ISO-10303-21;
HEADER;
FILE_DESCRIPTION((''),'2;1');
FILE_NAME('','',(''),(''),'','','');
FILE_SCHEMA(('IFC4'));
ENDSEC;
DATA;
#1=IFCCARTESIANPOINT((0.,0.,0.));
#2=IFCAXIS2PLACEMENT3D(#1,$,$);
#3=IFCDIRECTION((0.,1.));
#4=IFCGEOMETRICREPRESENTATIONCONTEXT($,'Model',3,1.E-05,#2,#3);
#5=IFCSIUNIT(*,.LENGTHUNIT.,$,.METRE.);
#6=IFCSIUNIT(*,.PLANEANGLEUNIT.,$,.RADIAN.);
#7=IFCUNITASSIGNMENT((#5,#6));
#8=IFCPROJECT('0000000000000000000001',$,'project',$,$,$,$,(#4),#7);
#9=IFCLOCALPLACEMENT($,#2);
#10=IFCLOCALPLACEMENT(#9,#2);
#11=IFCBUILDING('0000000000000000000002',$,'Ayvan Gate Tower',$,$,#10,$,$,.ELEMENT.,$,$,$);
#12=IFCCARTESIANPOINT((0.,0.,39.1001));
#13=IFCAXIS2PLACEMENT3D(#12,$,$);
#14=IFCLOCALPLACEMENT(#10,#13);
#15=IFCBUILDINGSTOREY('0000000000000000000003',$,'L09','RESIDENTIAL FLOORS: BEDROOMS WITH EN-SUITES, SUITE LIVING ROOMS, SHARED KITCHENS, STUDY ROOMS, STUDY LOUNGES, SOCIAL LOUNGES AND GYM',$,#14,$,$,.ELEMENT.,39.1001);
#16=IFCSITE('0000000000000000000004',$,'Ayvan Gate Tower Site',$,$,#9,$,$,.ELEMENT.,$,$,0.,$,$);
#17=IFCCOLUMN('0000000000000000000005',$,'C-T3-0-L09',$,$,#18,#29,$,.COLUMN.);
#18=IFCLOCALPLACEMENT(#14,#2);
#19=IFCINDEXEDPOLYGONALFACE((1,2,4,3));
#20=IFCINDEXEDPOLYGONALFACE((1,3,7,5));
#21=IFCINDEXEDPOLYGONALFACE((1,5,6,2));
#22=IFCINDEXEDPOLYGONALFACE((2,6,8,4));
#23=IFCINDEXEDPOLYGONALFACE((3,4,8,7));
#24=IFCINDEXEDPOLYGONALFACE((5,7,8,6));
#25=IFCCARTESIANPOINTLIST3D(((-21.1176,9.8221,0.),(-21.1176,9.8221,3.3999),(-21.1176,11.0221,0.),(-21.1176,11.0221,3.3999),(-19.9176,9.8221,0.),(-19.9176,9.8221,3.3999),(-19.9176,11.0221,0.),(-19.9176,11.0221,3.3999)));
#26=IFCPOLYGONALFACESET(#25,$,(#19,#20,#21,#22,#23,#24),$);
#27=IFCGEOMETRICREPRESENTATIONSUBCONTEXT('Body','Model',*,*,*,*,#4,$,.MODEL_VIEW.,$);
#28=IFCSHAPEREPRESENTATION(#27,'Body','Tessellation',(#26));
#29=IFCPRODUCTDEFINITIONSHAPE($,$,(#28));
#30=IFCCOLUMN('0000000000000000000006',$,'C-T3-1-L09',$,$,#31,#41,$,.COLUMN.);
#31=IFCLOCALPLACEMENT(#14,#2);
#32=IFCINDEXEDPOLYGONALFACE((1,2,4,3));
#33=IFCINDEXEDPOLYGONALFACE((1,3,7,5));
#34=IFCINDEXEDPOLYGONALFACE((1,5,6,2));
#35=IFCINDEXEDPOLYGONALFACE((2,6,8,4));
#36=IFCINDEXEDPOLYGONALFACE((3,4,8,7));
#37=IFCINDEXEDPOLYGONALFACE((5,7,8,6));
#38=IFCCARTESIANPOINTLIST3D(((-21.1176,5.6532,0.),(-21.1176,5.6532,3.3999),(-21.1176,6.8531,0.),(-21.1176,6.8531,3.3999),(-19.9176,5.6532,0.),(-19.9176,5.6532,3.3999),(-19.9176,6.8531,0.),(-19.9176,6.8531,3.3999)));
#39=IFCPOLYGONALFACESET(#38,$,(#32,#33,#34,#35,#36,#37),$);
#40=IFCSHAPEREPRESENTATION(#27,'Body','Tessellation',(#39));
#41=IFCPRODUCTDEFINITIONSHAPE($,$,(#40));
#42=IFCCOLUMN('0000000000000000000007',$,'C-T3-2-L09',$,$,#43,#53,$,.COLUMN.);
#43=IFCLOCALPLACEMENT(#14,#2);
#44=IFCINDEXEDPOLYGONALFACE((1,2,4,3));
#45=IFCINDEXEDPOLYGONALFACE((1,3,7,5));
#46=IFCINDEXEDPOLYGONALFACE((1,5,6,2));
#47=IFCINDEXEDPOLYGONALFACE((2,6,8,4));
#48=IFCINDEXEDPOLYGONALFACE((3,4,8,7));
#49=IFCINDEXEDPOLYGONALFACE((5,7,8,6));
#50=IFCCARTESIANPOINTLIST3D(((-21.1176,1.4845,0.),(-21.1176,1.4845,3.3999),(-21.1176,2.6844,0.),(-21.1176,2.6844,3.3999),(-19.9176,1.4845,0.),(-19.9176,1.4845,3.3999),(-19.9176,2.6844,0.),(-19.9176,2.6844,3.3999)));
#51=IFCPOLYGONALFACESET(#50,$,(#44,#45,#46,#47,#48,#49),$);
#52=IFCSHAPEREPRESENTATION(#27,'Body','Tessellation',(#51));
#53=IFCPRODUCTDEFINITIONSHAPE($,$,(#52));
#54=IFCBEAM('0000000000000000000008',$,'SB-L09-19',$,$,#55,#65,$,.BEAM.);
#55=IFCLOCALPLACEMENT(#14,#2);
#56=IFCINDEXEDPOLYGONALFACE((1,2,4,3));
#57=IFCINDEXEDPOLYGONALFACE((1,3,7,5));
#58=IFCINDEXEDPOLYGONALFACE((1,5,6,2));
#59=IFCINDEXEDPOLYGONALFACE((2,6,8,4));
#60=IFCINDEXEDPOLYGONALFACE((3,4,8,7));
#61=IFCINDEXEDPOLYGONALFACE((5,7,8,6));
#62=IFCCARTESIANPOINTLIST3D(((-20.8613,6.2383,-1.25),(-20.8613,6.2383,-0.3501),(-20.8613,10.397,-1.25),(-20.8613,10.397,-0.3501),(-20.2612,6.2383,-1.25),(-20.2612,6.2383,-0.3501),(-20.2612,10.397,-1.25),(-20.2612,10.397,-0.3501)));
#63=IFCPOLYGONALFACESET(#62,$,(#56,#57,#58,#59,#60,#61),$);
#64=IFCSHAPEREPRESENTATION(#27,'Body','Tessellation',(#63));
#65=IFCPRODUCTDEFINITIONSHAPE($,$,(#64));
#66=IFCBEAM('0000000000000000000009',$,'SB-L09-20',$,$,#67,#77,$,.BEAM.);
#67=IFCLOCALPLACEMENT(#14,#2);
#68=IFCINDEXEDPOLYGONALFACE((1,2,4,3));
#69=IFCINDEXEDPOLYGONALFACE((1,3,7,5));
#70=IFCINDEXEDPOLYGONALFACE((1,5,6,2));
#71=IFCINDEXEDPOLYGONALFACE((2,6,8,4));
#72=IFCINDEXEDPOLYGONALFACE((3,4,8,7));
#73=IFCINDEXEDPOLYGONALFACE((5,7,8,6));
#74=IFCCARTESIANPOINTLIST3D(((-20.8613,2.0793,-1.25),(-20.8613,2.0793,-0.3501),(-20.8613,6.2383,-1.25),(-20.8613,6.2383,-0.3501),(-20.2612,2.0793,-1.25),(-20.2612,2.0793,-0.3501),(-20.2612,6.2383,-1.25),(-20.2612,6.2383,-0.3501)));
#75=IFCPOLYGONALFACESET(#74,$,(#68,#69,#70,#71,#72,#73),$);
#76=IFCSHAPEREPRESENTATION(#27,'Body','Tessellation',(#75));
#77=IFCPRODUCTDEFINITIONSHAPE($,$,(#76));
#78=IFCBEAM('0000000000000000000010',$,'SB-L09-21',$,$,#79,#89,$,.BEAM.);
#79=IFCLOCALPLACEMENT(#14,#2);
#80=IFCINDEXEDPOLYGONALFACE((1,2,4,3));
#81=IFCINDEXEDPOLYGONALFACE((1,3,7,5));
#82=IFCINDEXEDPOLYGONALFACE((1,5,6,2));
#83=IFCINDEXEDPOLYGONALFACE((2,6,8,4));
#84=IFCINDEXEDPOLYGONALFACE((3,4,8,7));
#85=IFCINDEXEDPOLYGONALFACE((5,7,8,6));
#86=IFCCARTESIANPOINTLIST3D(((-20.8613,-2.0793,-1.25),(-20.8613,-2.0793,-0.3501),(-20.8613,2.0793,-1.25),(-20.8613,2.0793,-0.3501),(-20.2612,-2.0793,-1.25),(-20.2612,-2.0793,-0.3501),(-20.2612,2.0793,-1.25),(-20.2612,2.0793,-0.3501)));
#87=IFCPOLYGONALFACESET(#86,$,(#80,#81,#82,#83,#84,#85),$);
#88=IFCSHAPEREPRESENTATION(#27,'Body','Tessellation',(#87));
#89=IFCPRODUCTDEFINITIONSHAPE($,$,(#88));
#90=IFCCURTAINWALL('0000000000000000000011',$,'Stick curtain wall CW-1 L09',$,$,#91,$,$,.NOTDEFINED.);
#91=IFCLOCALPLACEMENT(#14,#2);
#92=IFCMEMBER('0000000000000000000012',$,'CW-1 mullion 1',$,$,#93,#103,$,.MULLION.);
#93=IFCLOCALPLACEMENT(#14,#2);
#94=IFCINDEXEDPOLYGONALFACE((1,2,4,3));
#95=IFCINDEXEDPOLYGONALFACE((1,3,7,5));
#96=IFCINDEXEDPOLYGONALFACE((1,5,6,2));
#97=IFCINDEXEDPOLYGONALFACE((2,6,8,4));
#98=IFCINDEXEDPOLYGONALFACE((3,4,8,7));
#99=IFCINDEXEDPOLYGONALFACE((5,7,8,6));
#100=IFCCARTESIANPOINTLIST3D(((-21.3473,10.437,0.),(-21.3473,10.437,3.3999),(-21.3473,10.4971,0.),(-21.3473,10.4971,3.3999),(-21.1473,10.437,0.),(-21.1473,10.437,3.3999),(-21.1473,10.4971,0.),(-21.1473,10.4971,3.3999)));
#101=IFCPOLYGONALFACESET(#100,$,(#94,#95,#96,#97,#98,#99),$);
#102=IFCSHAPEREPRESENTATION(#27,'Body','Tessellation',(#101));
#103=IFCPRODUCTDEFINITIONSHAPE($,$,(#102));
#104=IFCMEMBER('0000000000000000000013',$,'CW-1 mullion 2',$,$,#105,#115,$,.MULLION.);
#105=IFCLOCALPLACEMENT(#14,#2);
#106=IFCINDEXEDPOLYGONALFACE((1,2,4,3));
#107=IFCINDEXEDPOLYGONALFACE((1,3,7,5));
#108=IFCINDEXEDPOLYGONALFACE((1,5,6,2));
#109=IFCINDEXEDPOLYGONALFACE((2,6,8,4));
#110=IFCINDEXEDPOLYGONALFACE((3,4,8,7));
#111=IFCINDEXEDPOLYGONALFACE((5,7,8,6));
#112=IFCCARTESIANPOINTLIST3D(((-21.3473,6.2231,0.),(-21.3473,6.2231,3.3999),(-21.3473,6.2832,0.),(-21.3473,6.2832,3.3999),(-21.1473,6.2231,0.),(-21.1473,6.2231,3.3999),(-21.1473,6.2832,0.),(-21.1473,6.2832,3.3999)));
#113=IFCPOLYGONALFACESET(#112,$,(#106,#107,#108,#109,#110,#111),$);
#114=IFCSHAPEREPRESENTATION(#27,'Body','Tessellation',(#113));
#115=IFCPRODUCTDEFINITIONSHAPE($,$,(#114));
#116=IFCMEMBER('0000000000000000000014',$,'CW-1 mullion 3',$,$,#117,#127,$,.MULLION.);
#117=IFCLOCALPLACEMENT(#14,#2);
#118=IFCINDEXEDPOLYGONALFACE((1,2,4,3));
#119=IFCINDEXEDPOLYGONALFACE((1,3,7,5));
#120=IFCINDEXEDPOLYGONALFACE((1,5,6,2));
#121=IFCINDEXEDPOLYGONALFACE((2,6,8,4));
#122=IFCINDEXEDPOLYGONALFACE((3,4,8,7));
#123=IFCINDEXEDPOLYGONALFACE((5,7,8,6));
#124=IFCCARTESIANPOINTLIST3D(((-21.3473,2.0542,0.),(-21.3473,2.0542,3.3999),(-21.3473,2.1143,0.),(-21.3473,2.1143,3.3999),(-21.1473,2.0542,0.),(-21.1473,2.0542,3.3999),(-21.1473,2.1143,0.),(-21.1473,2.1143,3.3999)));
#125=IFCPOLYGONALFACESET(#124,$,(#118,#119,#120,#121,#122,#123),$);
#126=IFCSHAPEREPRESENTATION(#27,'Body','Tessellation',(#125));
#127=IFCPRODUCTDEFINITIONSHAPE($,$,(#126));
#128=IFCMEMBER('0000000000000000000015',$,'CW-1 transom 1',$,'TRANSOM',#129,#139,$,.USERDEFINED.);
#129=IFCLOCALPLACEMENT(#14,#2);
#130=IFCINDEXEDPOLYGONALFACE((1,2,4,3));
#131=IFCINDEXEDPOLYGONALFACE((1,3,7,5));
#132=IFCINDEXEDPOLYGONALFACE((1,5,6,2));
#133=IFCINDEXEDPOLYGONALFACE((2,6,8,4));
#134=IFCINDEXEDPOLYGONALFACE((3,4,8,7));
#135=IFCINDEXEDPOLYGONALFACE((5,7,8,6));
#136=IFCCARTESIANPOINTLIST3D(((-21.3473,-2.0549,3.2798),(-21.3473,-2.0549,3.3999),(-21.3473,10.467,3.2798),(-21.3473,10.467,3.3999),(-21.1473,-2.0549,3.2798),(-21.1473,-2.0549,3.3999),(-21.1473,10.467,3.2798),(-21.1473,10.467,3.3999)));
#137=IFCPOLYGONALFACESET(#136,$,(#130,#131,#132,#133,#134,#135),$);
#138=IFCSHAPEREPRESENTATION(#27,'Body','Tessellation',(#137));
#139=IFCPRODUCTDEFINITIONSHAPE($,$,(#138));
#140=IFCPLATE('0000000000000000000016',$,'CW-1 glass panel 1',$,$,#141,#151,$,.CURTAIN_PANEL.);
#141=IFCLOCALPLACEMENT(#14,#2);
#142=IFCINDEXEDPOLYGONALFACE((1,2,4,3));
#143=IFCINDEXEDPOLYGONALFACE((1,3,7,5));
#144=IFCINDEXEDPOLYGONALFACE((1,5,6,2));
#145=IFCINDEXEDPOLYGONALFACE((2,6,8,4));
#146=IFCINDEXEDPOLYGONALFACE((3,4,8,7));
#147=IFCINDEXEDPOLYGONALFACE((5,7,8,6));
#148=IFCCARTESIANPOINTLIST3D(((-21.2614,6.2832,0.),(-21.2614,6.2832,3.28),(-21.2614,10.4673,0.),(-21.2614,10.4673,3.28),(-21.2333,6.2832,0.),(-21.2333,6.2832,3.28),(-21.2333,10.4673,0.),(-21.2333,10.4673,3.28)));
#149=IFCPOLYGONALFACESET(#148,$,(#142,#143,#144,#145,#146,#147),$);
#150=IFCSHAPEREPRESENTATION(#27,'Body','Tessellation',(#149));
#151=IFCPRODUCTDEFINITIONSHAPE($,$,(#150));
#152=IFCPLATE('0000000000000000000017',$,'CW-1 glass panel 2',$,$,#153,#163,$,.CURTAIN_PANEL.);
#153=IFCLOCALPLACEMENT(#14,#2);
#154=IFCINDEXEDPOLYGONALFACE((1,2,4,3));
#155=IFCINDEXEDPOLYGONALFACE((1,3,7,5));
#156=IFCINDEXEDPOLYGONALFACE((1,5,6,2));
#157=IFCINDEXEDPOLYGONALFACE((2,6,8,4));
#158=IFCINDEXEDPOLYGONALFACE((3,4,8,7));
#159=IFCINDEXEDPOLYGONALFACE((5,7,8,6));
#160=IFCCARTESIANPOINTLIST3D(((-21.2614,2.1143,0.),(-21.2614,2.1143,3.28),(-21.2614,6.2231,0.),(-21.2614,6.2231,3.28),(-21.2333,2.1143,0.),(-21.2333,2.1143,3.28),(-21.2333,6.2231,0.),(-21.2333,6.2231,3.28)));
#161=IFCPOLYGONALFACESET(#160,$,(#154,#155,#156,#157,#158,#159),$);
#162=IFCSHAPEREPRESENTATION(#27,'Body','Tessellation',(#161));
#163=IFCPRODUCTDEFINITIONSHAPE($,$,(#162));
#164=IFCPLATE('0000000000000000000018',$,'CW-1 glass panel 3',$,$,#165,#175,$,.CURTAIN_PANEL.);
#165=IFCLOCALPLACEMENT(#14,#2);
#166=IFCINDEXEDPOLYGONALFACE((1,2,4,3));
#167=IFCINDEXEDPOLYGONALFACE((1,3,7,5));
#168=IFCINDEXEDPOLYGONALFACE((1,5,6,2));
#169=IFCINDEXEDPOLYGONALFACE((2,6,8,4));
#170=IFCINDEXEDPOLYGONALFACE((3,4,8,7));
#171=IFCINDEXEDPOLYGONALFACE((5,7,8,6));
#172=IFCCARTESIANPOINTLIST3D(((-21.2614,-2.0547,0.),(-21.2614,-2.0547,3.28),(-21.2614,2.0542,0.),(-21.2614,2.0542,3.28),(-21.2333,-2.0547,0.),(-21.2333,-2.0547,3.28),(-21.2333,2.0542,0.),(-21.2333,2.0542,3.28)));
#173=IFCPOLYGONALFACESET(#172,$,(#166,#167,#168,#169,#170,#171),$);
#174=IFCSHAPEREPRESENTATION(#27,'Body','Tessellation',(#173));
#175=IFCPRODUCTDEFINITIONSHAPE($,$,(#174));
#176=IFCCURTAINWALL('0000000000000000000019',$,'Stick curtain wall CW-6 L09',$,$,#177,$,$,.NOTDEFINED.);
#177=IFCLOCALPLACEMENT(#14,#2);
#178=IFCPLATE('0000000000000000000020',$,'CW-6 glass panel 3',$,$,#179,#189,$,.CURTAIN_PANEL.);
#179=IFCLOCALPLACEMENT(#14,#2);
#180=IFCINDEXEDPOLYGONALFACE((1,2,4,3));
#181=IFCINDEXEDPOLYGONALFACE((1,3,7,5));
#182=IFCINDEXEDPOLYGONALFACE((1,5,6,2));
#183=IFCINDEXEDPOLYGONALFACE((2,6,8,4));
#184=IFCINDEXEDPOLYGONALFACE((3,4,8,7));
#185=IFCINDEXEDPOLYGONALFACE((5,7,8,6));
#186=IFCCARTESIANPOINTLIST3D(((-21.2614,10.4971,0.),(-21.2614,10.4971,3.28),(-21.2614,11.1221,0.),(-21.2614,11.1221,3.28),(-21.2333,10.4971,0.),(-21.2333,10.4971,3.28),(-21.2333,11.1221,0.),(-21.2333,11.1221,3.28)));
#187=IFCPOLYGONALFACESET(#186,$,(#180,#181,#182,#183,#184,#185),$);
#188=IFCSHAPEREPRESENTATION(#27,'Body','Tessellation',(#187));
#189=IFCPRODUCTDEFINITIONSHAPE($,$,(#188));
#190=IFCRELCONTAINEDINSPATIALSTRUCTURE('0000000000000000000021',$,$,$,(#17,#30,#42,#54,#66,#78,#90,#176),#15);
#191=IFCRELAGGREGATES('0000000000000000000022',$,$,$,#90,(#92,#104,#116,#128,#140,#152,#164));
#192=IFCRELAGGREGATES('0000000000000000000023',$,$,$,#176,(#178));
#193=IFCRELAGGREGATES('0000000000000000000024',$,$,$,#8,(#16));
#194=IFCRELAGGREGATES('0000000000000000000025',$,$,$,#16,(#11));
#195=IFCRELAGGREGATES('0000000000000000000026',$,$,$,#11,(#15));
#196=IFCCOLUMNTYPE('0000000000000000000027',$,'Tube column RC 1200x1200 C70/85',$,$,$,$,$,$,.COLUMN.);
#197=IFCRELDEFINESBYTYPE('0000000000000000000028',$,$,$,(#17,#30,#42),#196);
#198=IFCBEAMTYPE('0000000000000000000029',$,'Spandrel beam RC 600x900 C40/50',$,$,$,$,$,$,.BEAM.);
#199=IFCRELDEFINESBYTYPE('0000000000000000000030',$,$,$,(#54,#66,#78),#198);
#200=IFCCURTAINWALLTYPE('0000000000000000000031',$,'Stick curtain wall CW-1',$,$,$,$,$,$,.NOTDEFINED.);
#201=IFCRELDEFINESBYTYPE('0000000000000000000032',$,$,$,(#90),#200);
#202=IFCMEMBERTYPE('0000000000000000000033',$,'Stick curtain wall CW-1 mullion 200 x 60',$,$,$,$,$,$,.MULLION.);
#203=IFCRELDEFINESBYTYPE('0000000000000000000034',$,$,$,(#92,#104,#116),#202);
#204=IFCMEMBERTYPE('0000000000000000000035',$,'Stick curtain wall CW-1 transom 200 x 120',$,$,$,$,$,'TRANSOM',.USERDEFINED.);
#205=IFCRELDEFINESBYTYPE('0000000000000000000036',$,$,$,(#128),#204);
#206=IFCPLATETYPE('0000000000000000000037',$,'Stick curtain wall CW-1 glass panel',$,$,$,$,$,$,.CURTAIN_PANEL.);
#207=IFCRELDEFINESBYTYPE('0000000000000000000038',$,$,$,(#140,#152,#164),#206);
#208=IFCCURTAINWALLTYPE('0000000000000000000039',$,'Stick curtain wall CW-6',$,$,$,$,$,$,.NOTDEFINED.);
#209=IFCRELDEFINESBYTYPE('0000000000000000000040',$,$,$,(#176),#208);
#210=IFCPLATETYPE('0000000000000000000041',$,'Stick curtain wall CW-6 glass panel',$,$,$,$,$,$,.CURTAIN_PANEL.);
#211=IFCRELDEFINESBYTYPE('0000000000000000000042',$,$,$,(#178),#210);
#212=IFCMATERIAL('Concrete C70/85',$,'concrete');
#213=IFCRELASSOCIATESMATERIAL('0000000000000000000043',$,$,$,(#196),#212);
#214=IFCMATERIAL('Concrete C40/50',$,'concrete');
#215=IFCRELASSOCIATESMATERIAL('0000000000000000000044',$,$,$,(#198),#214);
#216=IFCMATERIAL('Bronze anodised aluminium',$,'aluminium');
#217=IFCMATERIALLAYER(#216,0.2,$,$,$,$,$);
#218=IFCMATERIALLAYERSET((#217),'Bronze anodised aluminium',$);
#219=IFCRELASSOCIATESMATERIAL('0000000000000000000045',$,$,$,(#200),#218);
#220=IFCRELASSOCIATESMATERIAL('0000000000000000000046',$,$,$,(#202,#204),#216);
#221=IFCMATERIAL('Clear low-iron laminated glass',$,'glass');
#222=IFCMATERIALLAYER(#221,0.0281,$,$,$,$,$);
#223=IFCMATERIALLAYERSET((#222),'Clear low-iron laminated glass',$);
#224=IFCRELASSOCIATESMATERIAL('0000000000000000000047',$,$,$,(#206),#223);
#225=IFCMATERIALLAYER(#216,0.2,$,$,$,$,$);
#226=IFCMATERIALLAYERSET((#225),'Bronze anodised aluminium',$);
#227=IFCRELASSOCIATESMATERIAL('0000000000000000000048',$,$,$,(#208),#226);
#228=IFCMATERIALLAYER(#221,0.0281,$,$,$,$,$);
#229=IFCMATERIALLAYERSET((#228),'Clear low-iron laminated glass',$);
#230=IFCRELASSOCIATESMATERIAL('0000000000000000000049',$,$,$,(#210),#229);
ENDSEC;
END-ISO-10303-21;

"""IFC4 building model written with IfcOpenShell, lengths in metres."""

from ifc_helpers import new_model, si_unit, direction, frame, origin, origin_2d, place, context, subcontext, project, spatial, rectangle, extrude, material, layer, layer_set, material_profile, profile_set, type_object, element, aggregate, save


model = new_model("IFC4")

# Units and contexts
model_context = context("Model", 3, precision=1e-05, world=origin(), true_north=direction((0.0, 1.0)))
body_context = subcontext(model_context, "Body", "Model", "MODEL_VIEW")
ifc_project = project(units=[si_unit("LENGTHUNIT", "METRE"), si_unit("PLANEANGLEUNIT", "RADIAN")], contexts=[model_context])

# Site, building, storey
site_placement = place(None, origin())
site = spatial("IfcSite", under=ifc_project, at=site_placement, Name="Ayvan Gate Tower Site", CompositionType="ELEMENT", RefElevation=0.0)
building_placement = place(site_placement, origin())
building = spatial("IfcBuilding", under=site, at=building_placement, Name="Ayvan Gate Tower", CompositionType="ELEMENT")
storey_placement = place(building_placement, frame((0.0, 0.0, 39.1001)))
storey = spatial("IfcBuildingStorey", under=building, at=storey_placement, Name="L09", Description="RESIDENTIAL FLOORS: BEDROOMS WITH EN-SUITES, SUITE LIVING ROOMS, SHARED KITCHENS, STUDY ROOMS, STUDY LOUNGES, SOCIAL LOUNGES AND GYM", CompositionType="ELEMENT", Elevation=39.1001)

# Columns
ifc_material_1 = material(Name="Concrete C70/85", Category="concrete")
ifc_material_profile_1 = material_profile(ifc_material_1, rectangle(XDim=1.2, YDim=1.2, at=origin_2d()), Name="RC 1200x1200")
ifc_profile_set_1 = profile_set([ifc_material_profile_1], Name="Concrete C70/85")
column_type = type_object("IfcColumnType", Name="Tube column RC 1200x1200 C70/85", PredefinedType="COLUMN", material=ifc_profile_set_1)
for number, where, z_axis, x_axis, name in (
    (1, (-20.5176, 10.4221, 0.0), (0.0, 0.0, 1.0), (-1.0, 0.0, 0.0), "C-T3-0-L09"),
    (2, (-20.5176, 6.2532, 0.0), (0.0, 0.0, 1.0), (-1.0, 0.0, 0.0), "C-T3-1-L09"),
    (3, (-20.5176, 2.0845, 0.0), (0.0, 0.0, 1.0), (-1.0, 0.0, 0.0), "C-T3-2-L09"),
):
    element("IfcColumn", number, at=place(storey_placement, frame(where, z_axis=z_axis, x_axis=x_axis)), inside=storey, type_object=column_type, Name=name, PredefinedType="COLUMN", context=body_context, shape_type="SweptSolid", body=[
        extrude(rectangle(XDim=1.2, YDim=1.2, at=origin_2d()), origin(), (0.0, 0.0, 1.0), 3.3999),
    ])

# Beams
ifc_material_2 = material(Name="Concrete C40/50", Category="concrete")
ifc_material_profile_2 = material_profile(ifc_material_2, rectangle(XDim=0.6001, YDim=0.8999, at=origin_2d()), Name="RC 600x900")
ifc_profile_set_2 = profile_set([ifc_material_profile_2], Name="Concrete C40/50")
beam_type = type_object("IfcBeamType", Name="Spandrel beam RC 600x900 C40/50", PredefinedType="BEAM", material=ifc_profile_set_2)
beam_1_placement = place(storey_placement, frame((-20.5613, 10.397, -0.8), z_axis=(0.0, -1.0, 0.0), x_axis=(1.0, 0.0, 0.0)))
element("IfcBeam", 4, at=beam_1_placement, inside=storey, type_object=beam_type, Name="SB-L09-19", PredefinedType="BEAM", context=body_context, shape_type="SweptSolid", body=[
    extrude(rectangle(XDim=0.6001, YDim=0.8999, at=origin_2d()), origin(), (0.0, 0.0, 1.0), 4.1587),
])
beam_2_placement = place(storey_placement, frame((-20.5613, 6.2383, -0.8), z_axis=(0.0, -1.0, 0.0), x_axis=(1.0, 0.0, 0.0)))
element("IfcBeam", 5, at=beam_2_placement, inside=storey, type_object=beam_type, Name="SB-L09-20", PredefinedType="BEAM", context=body_context, shape_type="SweptSolid", body=[
    extrude(rectangle(XDim=0.6001, YDim=0.8999, at=origin_2d()), origin(), (0.0, 0.0, 1.0), 4.1589),
])
beam_3_placement = place(storey_placement, frame((-20.5613, 2.0793, -0.8), z_axis=(0.0, -1.0, 0.0), x_axis=(1.0, 0.0, 0.0)))
element("IfcBeam", 6, at=beam_3_placement, inside=storey, type_object=beam_type, Name="SB-L09-21", PredefinedType="BEAM", context=body_context, shape_type="SweptSolid", body=[
    extrude(rectangle(XDim=0.6001, YDim=0.8999, at=origin_2d()), origin(), (0.0, 0.0, 1.0), 4.1587),
])

# Curtain wall, members, plates
ifc_material_3 = material(Name="Bronze anodised aluminium", Category="aluminium")
ifc_layer_1 = layer(ifc_material_3, 0.2)
ifc_layer_set_1 = layer_set([ifc_layer_1], Name="Bronze anodised aluminium")
curtain_wall_type_1 = type_object("IfcCurtainWallType", Name="Stick curtain wall CW-1", PredefinedType="NOTDEFINED", material=ifc_layer_set_1)
curtain_wall_1_placement = place(storey_placement, origin())
curtain_wall_1 = element("IfcCurtainWall", 7, at=curtain_wall_1_placement, inside=storey, type_object=curtain_wall_type_1, Name="Stick curtain wall CW-1 L09", PredefinedType="NOTDEFINED")
ifc_material_profile_3 = material_profile(ifc_material_3, rectangle(XDim=0.2, YDim=0.0601, at=origin_2d()), Name="Stick curtain wall CW-1 mullion 200 x 60")
ifc_profile_set_3 = profile_set([ifc_material_profile_3], Name="Bronze anodised aluminium")
member_type_1 = type_object("IfcMemberType", Name="Stick curtain wall CW-1 mullion 200 x 60", PredefinedType="MULLION", material=ifc_profile_set_3)
member_1_placement = place(storey_placement, frame((-21.2473, 10.467, 0.0), z_axis=(0.0, 0.0, 1.0), x_axis=(-1.0, 0.0, 0.0)))
member_1 = element("IfcMember", 8, at=member_1_placement, type_object=member_type_1, Name="CW-1 mullion 1", PredefinedType="MULLION", context=body_context, shape_type="SweptSolid", body=[
    extrude(rectangle(XDim=0.2, YDim=0.0601, at=origin_2d()), origin(), (0.0, 0.0, 1.0), 3.3999),
])
member_2_placement = place(storey_placement, frame((-21.2473, 6.2532, 0.0), z_axis=(0.0, 0.0, 1.0), x_axis=(-1.0, 0.0, 0.0)))
member_2 = element("IfcMember", 9, at=member_2_placement, type_object=member_type_1, Name="CW-1 mullion 2", PredefinedType="MULLION", context=body_context, shape_type="SweptSolid", body=[
    extrude(rectangle(XDim=0.2, YDim=0.0601, at=origin_2d()), origin(), (0.0, 0.0, 1.0), 3.3999),
])
member_3_placement = place(storey_placement, frame((-21.2473, 2.0842, 0.0), z_axis=(0.0, 0.0, 1.0), x_axis=(-1.0, 0.0, 0.0)))
member_3 = element("IfcMember", 10, at=member_3_placement, type_object=member_type_1, Name="CW-1 mullion 3", PredefinedType="MULLION", context=body_context, shape_type="SweptSolid", body=[
    extrude(rectangle(XDim=0.2, YDim=0.0601, at=origin_2d()), origin(), (0.0, 0.0, 1.0), 3.3999),
])
ifc_material_profile_4 = material_profile(ifc_material_3, rectangle(XDim=0.2, YDim=0.1201, at=origin_2d()), Name="Stick curtain wall CW-1 transom 200 x 120")
ifc_profile_set_4 = profile_set([ifc_material_profile_4], Name="Bronze anodised aluminium")
member_type_2 = type_object("IfcMemberType", Name="Stick curtain wall CW-1 transom 200 x 120", ElementType="TRANSOM", PredefinedType="USERDEFINED", material=ifc_profile_set_4)
member_4_placement = place(storey_placement, frame((-21.2473, 10.467, 3.3398), z_axis=(0.0, -1.0, 0.0), x_axis=(1.0, 0.0, 0.0)))
member_4 = element("IfcMember", 11, at=member_4_placement, type_object=member_type_2, Name="CW-1 transom 1", ObjectType="TRANSOM", PredefinedType="USERDEFINED", context=body_context, shape_type="SweptSolid", body=[
    extrude(rectangle(XDim=0.2, YDim=0.1201, at=origin_2d()), origin(), (0.0, 0.0, 1.0), 12.522),
])
ifc_material_4 = material(Name="Clear low-iron laminated glass", Category="glass")
ifc_layer_2 = layer(ifc_material_4, 0.0281)
ifc_layer_set_2 = layer_set([ifc_layer_2], Name="Clear low-iron laminated glass")
plate_type_1 = type_object("IfcPlateType", Name="Stick curtain wall CW-1 glass panel", PredefinedType="CURTAIN_PANEL", material=ifc_layer_set_2)
plate_1_placement = place(storey_placement, frame((-21.2473, 8.3752, 0.0), z_axis=(0.0, 0.0, 1.0), x_axis=(0.0, -1.0, 0.0)))
plate_1 = element("IfcPlate", 12, at=plate_1_placement, type_object=plate_type_1, Name="CW-1 glass panel 1", PredefinedType="CURTAIN_PANEL", context=body_context, shape_type="SweptSolid", body=[
    extrude(rectangle(XDim=4.1841, YDim=0.0281, at=origin_2d()), origin(), (0.0, 0.0, 1.0), 3.28),
])
plate_2_placement = place(storey_placement, frame((-21.2473, 4.1687, 0.0), z_axis=(0.0, 0.0, 1.0), x_axis=(0.0, -1.0, 0.0)))
plate_2 = element("IfcPlate", 13, at=plate_2_placement, type_object=plate_type_1, Name="CW-1 glass panel 2", PredefinedType="CURTAIN_PANEL", context=body_context, shape_type="SweptSolid", body=[
    extrude(rectangle(XDim=4.1089, YDim=0.0281, at=origin_2d()), origin(), (0.0, 0.0, 1.0), 3.28),
])
plate_3_placement = place(storey_placement, frame((-21.2473, -0.0002, 0.0), z_axis=(0.0, 0.0, 1.0), x_axis=(0.0, -1.0, 0.0)))
plate_3 = element("IfcPlate", 14, at=plate_3_placement, type_object=plate_type_1, Name="CW-1 glass panel 3", PredefinedType="CURTAIN_PANEL", context=body_context, shape_type="SweptSolid", body=[
    extrude(rectangle(XDim=4.1089, YDim=0.0281, at=origin_2d()), origin(), (0.0, 0.0, 1.0), 3.28),
])
aggregate(curtain_wall_1, [member_1, member_2, member_3, member_4, plate_1, plate_2, plate_3])

# Curtain wall, plate
ifc_layer_3 = layer(ifc_material_3, 0.2)
ifc_layer_set_3 = layer_set([ifc_layer_3], Name="Bronze anodised aluminium")
curtain_wall_type_2 = type_object("IfcCurtainWallType", Name="Stick curtain wall CW-6", PredefinedType="NOTDEFINED", material=ifc_layer_set_3)
curtain_wall_2_placement = place(storey_placement, origin())
curtain_wall_2 = element("IfcCurtainWall", 15, at=curtain_wall_2_placement, inside=storey, type_object=curtain_wall_type_2, Name="Stick curtain wall CW-6 L09", PredefinedType="NOTDEFINED")
ifc_layer_4 = layer(ifc_material_4, 0.0281)
ifc_layer_set_4 = layer_set([ifc_layer_4], Name="Clear low-iron laminated glass")
plate_type_2 = type_object("IfcPlateType", Name="Stick curtain wall CW-6 glass panel", PredefinedType="CURTAIN_PANEL", material=ifc_layer_set_4)
plate_4_placement = place(storey_placement, frame((-21.2473, 10.8096, 0.0), z_axis=(0.0, 0.0, 1.0), x_axis=(0.0, -1.0, 0.0)))
plate_4 = element("IfcPlate", 16, at=plate_4_placement, type_object=plate_type_2, Name="CW-6 glass panel 3", PredefinedType="CURTAIN_PANEL", context=body_context, shape_type="SweptSolid", body=[
    extrude(rectangle(XDim=0.625, YDim=0.0281, at=origin_2d()), origin(), (0.0, 0.0, 1.0), 3.28),
])
aggregate(curtain_wall_2, [plate_4])

save(model, "model.ifc")
